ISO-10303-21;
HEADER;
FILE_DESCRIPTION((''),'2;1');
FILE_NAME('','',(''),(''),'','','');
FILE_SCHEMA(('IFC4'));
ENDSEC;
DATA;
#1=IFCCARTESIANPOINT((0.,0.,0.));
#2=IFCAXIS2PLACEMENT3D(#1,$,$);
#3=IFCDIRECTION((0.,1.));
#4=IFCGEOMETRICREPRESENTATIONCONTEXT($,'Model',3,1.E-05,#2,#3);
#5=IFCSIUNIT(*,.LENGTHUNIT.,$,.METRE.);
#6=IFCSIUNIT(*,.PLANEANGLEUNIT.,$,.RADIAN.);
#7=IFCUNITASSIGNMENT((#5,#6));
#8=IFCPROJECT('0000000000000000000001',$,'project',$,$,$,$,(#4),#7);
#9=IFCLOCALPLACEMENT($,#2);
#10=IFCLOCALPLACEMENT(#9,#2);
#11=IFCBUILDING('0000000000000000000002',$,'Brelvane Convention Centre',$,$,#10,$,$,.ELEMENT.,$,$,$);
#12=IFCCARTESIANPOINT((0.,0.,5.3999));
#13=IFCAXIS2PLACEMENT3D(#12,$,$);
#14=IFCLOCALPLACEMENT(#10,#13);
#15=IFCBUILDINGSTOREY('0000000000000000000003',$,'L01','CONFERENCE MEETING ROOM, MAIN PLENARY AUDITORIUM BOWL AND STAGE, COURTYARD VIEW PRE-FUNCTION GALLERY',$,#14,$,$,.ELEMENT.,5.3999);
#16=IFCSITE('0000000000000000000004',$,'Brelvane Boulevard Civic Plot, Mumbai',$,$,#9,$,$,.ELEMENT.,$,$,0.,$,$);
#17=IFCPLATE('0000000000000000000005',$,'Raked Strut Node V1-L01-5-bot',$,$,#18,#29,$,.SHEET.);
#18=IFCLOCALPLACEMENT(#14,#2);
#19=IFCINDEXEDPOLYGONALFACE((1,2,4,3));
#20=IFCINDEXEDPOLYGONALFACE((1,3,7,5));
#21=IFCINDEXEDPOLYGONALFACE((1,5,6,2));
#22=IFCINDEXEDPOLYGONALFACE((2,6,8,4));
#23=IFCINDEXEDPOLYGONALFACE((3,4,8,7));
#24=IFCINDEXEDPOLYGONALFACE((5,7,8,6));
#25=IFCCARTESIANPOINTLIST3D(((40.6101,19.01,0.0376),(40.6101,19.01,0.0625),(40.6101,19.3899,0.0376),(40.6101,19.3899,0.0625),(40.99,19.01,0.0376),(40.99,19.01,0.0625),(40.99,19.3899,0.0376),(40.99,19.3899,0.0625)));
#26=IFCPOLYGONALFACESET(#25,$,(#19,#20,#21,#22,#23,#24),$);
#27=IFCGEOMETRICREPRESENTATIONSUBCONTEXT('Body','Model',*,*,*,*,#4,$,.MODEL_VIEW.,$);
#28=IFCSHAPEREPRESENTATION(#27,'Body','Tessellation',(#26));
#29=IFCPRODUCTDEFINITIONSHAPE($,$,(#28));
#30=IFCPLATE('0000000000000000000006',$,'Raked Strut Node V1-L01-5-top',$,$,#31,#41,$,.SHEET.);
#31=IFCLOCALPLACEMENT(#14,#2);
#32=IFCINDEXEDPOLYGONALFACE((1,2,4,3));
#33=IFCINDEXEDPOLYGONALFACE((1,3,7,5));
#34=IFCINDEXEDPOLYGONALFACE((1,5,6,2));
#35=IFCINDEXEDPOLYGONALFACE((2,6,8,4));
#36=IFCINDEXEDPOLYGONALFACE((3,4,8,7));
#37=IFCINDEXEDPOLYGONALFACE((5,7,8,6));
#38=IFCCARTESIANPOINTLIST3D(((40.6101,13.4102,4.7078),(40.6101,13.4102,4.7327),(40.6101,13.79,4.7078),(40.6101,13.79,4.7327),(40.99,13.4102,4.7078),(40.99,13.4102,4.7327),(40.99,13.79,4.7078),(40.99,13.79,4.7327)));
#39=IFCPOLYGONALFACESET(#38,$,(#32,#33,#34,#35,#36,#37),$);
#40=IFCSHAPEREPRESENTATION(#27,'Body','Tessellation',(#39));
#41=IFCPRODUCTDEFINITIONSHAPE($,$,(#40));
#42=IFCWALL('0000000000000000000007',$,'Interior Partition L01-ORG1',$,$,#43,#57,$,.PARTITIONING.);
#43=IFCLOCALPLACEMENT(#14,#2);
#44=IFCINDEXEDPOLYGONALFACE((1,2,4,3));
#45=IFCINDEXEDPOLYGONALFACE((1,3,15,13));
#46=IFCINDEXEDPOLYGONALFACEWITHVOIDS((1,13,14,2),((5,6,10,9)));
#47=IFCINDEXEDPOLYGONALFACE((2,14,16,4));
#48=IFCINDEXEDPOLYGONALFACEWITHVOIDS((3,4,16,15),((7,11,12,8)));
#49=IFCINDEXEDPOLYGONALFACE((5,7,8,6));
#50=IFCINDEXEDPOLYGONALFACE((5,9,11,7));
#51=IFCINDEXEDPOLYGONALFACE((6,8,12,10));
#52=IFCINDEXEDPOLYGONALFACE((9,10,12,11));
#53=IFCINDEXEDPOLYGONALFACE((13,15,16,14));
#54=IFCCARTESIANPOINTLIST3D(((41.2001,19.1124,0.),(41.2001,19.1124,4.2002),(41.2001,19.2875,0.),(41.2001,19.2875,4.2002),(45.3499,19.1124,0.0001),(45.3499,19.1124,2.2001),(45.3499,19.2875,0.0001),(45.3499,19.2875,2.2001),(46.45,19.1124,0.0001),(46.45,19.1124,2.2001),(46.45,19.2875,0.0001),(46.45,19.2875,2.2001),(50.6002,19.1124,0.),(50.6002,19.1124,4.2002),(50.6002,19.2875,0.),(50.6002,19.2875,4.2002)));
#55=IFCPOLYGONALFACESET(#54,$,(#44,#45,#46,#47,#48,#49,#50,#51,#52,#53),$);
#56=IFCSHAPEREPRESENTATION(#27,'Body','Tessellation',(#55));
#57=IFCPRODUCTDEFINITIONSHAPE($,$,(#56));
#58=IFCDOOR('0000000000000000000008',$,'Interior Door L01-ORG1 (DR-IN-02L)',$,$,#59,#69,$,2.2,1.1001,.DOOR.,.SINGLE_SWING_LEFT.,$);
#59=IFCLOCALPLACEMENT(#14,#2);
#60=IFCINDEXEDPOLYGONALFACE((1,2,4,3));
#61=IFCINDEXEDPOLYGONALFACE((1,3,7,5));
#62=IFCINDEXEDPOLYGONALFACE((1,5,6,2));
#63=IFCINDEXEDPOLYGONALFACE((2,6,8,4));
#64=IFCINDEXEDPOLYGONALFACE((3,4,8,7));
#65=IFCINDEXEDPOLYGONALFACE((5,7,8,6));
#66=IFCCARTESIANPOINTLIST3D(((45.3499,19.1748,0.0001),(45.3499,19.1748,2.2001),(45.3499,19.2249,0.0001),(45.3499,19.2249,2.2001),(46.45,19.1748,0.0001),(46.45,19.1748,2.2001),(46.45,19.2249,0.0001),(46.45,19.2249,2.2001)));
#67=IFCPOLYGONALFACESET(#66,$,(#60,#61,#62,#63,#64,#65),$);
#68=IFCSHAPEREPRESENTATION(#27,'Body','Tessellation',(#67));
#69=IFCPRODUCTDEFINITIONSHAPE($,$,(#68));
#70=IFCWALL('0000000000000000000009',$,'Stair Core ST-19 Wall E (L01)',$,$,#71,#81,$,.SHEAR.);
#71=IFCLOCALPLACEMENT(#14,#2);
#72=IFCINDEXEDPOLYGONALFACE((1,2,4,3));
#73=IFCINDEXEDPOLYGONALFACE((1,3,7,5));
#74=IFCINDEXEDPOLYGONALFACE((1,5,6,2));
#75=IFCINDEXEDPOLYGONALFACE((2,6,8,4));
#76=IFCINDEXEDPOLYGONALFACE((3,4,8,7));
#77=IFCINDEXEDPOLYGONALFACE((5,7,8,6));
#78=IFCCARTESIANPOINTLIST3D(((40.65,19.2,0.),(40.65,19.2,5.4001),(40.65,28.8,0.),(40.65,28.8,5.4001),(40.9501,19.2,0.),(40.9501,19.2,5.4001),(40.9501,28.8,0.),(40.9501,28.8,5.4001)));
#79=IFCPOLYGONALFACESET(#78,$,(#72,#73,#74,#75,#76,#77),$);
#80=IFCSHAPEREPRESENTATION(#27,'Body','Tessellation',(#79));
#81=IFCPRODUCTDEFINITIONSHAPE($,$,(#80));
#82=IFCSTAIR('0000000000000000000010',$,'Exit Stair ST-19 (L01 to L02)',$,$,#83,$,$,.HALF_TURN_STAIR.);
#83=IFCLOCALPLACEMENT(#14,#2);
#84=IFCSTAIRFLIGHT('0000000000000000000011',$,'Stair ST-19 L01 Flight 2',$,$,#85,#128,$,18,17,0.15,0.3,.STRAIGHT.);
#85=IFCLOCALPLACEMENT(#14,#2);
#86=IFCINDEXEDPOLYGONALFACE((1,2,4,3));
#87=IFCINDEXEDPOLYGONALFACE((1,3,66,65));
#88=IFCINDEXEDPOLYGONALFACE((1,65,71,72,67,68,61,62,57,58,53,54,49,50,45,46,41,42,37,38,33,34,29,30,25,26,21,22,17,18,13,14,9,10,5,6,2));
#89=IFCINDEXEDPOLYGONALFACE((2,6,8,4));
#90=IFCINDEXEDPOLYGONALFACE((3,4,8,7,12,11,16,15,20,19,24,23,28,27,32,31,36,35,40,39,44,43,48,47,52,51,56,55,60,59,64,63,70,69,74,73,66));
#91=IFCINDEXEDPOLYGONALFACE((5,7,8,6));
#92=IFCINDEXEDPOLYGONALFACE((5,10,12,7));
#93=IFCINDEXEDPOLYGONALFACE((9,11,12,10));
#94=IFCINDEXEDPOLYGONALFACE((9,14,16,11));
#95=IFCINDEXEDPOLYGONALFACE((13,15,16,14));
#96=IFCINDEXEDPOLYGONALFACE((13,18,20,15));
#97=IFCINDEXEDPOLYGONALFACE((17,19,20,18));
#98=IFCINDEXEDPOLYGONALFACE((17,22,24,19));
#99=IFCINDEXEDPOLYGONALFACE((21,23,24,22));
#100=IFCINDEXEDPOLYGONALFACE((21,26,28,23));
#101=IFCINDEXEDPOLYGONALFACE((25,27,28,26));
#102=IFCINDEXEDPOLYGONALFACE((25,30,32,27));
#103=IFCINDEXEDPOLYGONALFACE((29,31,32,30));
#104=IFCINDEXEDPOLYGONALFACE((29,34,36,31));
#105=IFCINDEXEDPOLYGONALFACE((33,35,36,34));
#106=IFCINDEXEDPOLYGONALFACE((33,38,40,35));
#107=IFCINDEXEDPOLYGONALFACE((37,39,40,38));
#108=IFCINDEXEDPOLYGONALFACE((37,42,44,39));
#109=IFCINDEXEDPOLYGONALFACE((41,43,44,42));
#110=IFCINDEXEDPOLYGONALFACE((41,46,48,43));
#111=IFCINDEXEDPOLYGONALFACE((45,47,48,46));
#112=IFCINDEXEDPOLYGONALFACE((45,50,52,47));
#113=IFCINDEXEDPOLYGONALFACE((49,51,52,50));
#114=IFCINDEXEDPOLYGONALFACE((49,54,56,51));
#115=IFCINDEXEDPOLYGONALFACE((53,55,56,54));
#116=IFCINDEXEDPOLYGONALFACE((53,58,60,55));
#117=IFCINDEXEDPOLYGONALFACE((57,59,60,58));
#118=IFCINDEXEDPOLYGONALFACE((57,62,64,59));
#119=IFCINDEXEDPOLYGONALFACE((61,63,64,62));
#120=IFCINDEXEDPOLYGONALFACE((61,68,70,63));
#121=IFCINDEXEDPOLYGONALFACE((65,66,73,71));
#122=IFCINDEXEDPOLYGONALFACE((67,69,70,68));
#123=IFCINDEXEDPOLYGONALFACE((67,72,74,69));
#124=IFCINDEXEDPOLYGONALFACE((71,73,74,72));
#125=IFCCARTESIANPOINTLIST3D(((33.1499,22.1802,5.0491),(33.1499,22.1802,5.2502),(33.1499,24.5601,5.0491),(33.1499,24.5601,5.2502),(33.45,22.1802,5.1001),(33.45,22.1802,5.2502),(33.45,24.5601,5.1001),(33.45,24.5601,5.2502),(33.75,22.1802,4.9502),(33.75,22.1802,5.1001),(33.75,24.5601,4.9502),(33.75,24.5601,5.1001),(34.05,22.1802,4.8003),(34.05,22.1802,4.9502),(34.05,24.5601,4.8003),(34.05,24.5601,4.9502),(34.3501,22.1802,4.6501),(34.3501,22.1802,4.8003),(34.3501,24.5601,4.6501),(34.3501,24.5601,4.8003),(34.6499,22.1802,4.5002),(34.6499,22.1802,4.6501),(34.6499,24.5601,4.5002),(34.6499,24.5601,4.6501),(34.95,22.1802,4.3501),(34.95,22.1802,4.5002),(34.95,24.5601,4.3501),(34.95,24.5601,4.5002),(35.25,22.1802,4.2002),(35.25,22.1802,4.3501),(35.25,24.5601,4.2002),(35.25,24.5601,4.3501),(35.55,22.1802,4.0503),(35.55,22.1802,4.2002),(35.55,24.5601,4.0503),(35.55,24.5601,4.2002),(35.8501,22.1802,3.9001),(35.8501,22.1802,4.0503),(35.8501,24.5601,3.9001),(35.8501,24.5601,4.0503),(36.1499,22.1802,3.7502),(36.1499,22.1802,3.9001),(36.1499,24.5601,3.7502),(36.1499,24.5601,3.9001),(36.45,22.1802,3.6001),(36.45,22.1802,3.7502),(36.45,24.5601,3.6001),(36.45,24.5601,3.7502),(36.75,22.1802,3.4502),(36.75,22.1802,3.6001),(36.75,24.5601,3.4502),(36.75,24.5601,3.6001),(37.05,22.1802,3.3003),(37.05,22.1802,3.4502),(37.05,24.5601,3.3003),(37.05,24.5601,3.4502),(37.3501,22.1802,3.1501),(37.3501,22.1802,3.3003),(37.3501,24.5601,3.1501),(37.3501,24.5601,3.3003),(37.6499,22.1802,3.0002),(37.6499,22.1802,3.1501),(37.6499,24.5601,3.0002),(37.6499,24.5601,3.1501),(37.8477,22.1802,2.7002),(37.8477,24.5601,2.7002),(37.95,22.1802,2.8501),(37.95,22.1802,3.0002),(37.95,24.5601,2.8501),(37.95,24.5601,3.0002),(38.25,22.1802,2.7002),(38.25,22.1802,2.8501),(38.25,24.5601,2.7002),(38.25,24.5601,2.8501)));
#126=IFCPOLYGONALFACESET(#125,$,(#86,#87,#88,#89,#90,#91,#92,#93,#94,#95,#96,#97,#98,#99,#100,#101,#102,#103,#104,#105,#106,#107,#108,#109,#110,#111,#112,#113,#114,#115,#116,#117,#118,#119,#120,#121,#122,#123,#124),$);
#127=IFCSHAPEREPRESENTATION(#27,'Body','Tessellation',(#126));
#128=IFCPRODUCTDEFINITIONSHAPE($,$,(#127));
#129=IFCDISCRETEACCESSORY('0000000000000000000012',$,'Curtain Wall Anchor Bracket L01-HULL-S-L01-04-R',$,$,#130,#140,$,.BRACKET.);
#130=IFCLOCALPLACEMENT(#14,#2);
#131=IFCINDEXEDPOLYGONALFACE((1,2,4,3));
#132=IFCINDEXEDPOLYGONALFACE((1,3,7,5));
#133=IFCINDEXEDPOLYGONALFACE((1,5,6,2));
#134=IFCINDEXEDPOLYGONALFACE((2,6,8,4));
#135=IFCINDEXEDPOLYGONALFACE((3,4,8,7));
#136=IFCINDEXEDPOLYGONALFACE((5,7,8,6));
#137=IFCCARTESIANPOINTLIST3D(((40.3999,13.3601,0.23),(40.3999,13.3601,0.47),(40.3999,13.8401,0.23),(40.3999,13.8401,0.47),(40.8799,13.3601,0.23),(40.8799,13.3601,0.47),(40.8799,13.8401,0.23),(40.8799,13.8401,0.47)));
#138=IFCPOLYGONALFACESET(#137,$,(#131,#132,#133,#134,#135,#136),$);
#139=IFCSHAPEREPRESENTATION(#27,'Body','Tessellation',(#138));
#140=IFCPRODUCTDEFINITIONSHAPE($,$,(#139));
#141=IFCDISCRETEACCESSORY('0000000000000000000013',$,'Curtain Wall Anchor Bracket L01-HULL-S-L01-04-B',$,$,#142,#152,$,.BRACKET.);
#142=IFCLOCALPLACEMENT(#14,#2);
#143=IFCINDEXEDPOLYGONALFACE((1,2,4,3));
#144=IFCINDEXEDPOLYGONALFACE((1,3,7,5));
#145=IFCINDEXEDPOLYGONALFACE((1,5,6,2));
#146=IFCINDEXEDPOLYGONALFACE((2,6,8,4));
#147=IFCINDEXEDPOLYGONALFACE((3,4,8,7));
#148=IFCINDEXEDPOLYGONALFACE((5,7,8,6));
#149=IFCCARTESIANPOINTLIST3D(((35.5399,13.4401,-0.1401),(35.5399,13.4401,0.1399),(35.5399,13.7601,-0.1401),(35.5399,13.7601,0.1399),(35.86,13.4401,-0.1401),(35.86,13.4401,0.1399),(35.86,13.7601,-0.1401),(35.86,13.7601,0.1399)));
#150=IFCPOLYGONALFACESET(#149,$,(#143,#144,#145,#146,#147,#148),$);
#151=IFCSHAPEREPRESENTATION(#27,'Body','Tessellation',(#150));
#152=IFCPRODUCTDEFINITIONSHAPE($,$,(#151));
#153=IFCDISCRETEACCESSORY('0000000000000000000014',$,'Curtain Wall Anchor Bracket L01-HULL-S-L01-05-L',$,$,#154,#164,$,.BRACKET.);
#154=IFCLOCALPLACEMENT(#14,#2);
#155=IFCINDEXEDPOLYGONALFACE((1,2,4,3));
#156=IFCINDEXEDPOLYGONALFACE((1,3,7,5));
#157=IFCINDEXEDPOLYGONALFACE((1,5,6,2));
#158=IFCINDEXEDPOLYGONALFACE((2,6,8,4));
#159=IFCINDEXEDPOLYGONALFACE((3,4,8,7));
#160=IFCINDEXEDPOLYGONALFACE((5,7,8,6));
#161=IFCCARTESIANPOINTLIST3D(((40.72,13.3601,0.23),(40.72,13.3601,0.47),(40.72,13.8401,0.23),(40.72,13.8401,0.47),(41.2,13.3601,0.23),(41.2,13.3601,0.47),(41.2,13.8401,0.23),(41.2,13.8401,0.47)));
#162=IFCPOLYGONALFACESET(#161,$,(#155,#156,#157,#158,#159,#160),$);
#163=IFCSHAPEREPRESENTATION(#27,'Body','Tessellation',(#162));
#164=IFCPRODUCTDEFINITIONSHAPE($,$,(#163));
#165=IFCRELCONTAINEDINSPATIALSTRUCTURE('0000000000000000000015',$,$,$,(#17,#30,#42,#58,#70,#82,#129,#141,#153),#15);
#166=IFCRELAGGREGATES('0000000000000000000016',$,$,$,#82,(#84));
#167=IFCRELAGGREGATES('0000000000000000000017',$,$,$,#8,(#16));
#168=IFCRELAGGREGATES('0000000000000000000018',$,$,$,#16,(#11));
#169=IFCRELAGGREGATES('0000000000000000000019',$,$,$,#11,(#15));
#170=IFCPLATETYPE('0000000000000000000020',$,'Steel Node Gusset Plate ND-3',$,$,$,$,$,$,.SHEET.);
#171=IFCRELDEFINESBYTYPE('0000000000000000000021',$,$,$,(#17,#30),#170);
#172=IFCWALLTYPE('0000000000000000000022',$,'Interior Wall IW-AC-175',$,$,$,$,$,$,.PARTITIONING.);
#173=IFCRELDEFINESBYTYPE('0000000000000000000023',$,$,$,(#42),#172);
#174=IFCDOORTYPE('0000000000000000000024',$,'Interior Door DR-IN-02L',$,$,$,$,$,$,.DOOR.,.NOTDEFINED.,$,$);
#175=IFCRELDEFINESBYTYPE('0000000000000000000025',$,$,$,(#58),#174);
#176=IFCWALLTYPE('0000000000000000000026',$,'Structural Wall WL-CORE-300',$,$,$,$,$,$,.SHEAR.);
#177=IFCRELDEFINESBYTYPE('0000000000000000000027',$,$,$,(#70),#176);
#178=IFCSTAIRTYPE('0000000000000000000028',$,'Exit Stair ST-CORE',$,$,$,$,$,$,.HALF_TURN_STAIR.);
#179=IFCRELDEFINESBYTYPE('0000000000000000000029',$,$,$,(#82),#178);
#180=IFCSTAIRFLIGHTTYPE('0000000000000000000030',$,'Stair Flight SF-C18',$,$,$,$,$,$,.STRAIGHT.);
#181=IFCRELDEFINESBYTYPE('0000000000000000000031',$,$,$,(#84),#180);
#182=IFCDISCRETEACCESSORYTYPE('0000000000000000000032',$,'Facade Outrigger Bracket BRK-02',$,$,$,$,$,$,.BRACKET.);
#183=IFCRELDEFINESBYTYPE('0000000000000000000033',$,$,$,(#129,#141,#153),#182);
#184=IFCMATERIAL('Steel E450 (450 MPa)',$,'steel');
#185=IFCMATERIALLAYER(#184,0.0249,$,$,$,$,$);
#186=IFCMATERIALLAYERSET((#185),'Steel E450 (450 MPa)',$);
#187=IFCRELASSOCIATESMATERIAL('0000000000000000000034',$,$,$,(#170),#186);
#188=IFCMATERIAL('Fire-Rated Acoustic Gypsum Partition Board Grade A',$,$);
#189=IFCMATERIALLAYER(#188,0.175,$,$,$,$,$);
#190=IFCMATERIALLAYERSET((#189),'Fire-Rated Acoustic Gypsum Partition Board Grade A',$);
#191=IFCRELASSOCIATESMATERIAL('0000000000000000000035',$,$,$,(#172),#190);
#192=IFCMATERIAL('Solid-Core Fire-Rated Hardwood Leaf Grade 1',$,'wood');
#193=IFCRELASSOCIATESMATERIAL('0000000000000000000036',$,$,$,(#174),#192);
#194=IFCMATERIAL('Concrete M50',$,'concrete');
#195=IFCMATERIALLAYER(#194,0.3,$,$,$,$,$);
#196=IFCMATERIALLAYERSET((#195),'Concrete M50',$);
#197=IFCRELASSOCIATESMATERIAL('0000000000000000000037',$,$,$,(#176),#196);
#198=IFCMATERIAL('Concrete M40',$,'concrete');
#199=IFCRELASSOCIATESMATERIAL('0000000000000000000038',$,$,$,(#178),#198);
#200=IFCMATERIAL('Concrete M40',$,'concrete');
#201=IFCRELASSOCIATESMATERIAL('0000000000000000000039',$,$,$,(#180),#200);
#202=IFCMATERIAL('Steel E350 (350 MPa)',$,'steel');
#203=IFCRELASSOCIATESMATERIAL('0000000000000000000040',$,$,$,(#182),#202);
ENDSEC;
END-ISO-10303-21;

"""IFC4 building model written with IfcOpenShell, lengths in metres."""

from ifc_helpers import new_model, si_unit, direction, frame, frame_2d, origin, origin_2d, place, context, subcontext, project, spatial, polyline, rectangle, outline, extrude, material, layer, layer_set, type_object, element, fill, aggregate, save


model = new_model("IFC4")

# Units and contexts
model_context = context("Model", 3, precision=1e-05, world=origin(), true_north=direction((0.0, 1.0)))
body_context = subcontext(model_context, "Body", "Model", "MODEL_VIEW")
ifc_project = project(units=[si_unit("LENGTHUNIT", "METRE"), si_unit("PLANEANGLEUNIT", "RADIAN")], contexts=[model_context])

# Site, building, storey
site_placement = place(None, origin())
site = spatial("IfcSite", under=ifc_project, at=site_placement, Name="Brelvane Boulevard Civic Plot, Mumbai", CompositionType="ELEMENT", RefElevation=0.0)
building_placement = place(site_placement, origin())
building = spatial("IfcBuilding", under=site, at=building_placement, Name="Brelvane Convention Centre", CompositionType="ELEMENT")
storey_placement = place(building_placement, frame((0.0, 0.0, 5.3999)))
storey = spatial("IfcBuildingStorey", under=building, at=storey_placement, Name="L01", Description="CONFERENCE MEETING ROOM, MAIN PLENARY AUDITORIUM BOWL AND STAGE, COURTYARD VIEW PRE-FUNCTION GALLERY", CompositionType="ELEMENT", Elevation=5.3999)

# Plates
ifc_material_1 = material(Name="Steel E450 (450 MPa)", Category="steel")
ifc_layer_1 = layer(ifc_material_1, 0.0249)
ifc_layer_set_1 = layer_set([ifc_layer_1], Name="Steel E450 (450 MPa)")
plate_type_1 = type_object("IfcPlateType", Name="Steel Node Gusset Plate ND-3", PredefinedType="SHEET", material=ifc_layer_set_1)
for number, where, z_axis, x_axis, name in (
    (1, (40.8, 19.2, 0.0376), (0.0, 0.0, 1.0), (1.0, 0.0, 0.0), "Raked Strut Node V1-L01-5-bot"),
    (2, (40.8, 13.6001, 4.7078), (0.0, 0.0, 1.0), (1.0, 0.0, 0.0), "Raked Strut Node V1-L01-5-top"),
):
    element("IfcPlate", number, at=place(storey_placement, frame(where, z_axis=z_axis, x_axis=x_axis)), inside=storey, type_object=plate_type_1, Name=name, PredefinedType="SHEET", context=body_context, shape_type="SweptSolid", body=[
        extrude(rectangle(XDim=0.3799, YDim=0.3799, at=origin_2d()), origin(), (0.0, 0.0, 1.0), 0.0249),
    ])

# Wall, opening, door
ifc_material_2 = material(Name="Fire-Rated Acoustic Gypsum Partition Board Grade A")
ifc_layer_2 = layer(ifc_material_2, 0.175)
ifc_layer_set_2 = layer_set([ifc_layer_2], Name="Fire-Rated Acoustic Gypsum Partition Board Grade A")
wall_type_1 = type_object("IfcWallType", Name="Interior Wall IW-AC-175", PredefinedType="PARTITIONING", material=ifc_layer_set_2)
wall_1_placement = place(storey_placement, frame((41.2, 19.2, 0.0), z_axis=(0.0, 0.0, 1.0), x_axis=(1.0, 0.0, 0.0)))
wall_1 = element("IfcWall", 3, at=wall_1_placement, inside=storey, type_object=wall_type_1, Name="Interior Partition L01-ORG1", PredefinedType="PARTITIONING", context=body_context, shape_type="SweptSolid", body=[
    extrude(rectangle(XDim=9.4001, YDim=0.175, at=frame_2d((4.7002, 0.0))), origin(), (0.0, 0.0, 1.0), 4.2002),
])
opening_placement = place(wall_1_placement, frame((4.1499, 0.0, 0.0)))
opening = element("IfcOpeningElement", 4, at=opening_placement, cuts=wall_1, PredefinedType="OPENING", context=body_context, shape_type="SweptSolid", body=[
    extrude(rectangle(XDim=1.1001, YDim=2.2, at=frame_2d((0.55, 1.1001))), frame((0.0, 0.0974, 0.0), z_axis=(0.0, -1.0, 0.0), x_axis=(1.0, 0.0, 0.0)), (0.0, 0.0, 1.0), 0.1951),
])
ifc_material_3 = material(Name="Solid-Core Fire-Rated Hardwood Leaf Grade 1", Category="wood")
door_type = type_object("IfcDoorType", Name="Interior Door DR-IN-02L", OperationType="NOTDEFINED", PredefinedType="DOOR", material=ifc_material_3)
door_placement = place(opening_placement, origin())
door = element("IfcDoor", 5, at=door_placement, inside=storey, type_object=door_type, Name="Interior Door L01-ORG1 (DR-IN-02L)", OperationType="SINGLE_SWING_LEFT", OverallHeight=2.2, OverallWidth=1.1001, PredefinedType="DOOR", context=body_context, shape_type="SweptSolid", body=[
    extrude(rectangle(XDim=1.1001, YDim=2.2, at=frame_2d((0.55, 1.1001))), frame((0.0, 0.0249, 0.0), z_axis=(0.0, -1.0, 0.0), x_axis=(1.0, 0.0, 0.0)), (0.0, 0.0, 1.0), 0.05),
])
fill(opening, door)

# Wall
ifc_material_4 = material(Name="Concrete M50", Category="concrete")
ifc_layer_3 = layer(ifc_material_4, 0.3)
ifc_layer_set_3 = layer_set([ifc_layer_3], Name="Concrete M50")
wall_type_2 = type_object("IfcWallType", Name="Structural Wall WL-CORE-300", PredefinedType="SHEAR", material=ifc_layer_set_3)
wall_2_placement = place(storey_placement, frame((40.8, 19.2, 0.0), z_axis=(0.0, 0.0, 1.0), x_axis=(0.0, 1.0, 0.0)))
element("IfcWall", 6, at=wall_2_placement, inside=storey, type_object=wall_type_2, Name="Stair Core ST-19 Wall E (L01)", PredefinedType="SHEAR", context=body_context, shape_type="SweptSolid", body=[
    extrude(rectangle(XDim=9.6001, YDim=0.3, at=frame_2d((4.8, 0.0))), origin(), (0.0, 0.0, 1.0), 5.4001),
])

# Stair, stair flight
ifc_material_5 = material(Name="Concrete M40", Category="concrete")
stair_type = type_object("IfcStairType", Name="Exit Stair ST-CORE", PredefinedType="HALF_TURN_STAIR", material=ifc_material_5)
stair_placement = place(storey_placement, origin())
stair = element("IfcStair", 7, at=stair_placement, inside=storey, type_object=stair_type, Name="Exit Stair ST-19 (L01 to L02)", PredefinedType="HALF_TURN_STAIR")
ifc_material_6 = material(Name="Concrete M40", Category="concrete")
stair_flight_type = type_object("IfcStairFlightType", Name="Stair Flight SF-C18", PredefinedType="STRAIGHT", material=ifc_material_6)
stair_flight_placement = place(storey_placement, frame((38.25, 23.3701, 2.7002), z_axis=(0.0, 0.0, 1.0), x_axis=(-1.0, 0.0, 0.0)))
stair_flight = element("IfcStairFlight", 8, at=stair_flight_placement, type_object=stair_flight_type, Name="Stair ST-19 L01 Flight 2", NumberOfRisers=18, NumberOfTreads=17, PredefinedType="STRAIGHT", RiserHeight=0.15, TreadLength=0.3, context=body_context, shape_type="SweptSolid", body=[
    extrude(outline(polyline([(0.0, 0.0), (0.0, 0.1499), (0.3, 0.1499), (0.3, 0.3), (0.6001, 0.3), (0.6001, 0.45), (0.8999, 0.45), (0.8999, 0.6001), (1.2, 0.6001), (1.2, 0.75), (1.5, 0.75), (1.5, 0.8999), (1.8, 0.8999), (1.8, 1.05), (2.1001, 1.05), (2.1001, 1.2), (2.3999, 1.2), (2.3999, 1.3501), (2.7, 1.3501), (2.7, 1.5), (3.0, 1.5), (3.0, 1.6499), (3.3, 1.6499), (3.3, 1.8), (3.6001, 1.8), (3.6001, 1.95), (3.8999, 1.95), (3.8999, 2.1001), (4.2, 2.1001), (4.2, 2.25), (4.5, 2.25), (4.5, 2.3999), (4.8, 2.3999), (4.8, 2.55), (5.1001, 2.55), (5.1001, 2.7), (5.1001, 2.3489), (0.4023, 0.0), (0.0, 0.0)])), frame((0.0, 1.1899, 0.0), z_axis=(0.0, -1.0, 0.0), x_axis=(1.0, 0.0, 0.0)), (0.0, 0.0, 1.0), 2.3799),
])
aggregate(stair, [stair_flight])

# Discrete accessories
ifc_material_7 = material(Name="Steel E350 (350 MPa)", Category="steel")
discrete_accessory_type = type_object("IfcDiscreteAccessoryType", Name="Facade Outrigger Bracket BRK-02", PredefinedType="BRACKET", material=ifc_material_7)
discrete_accessory_1_placement = place(storey_placement, frame((40.6399, 13.6001, 0.23), z_axis=(0.0, 0.0, 1.0), x_axis=(1.0, 0.0, 0.0)))
element("IfcDiscreteAccessory", 9, at=discrete_accessory_1_placement, inside=storey, type_object=discrete_accessory_type, Name="Curtain Wall Anchor Bracket L01-HULL-S-L01-04-R", PredefinedType="BRACKET", context=body_context, shape_type="SweptSolid", body=[
    extrude(rectangle(XDim=0.48, YDim=0.48, at=origin_2d()), origin(), (0.0, 0.0, 1.0), 0.24),
])
discrete_accessory_2_placement = place(storey_placement, frame((35.7, 13.6001, -0.1401), z_axis=(0.0, 0.0, 1.0), x_axis=(1.0, 0.0, 0.0)))
element("IfcDiscreteAccessory", 10, at=discrete_accessory_2_placement, inside=storey, type_object=discrete_accessory_type, Name="Curtain Wall Anchor Bracket L01-HULL-S-L01-04-B", PredefinedType="BRACKET", context=body_context, shape_type="SweptSolid", body=[
    extrude(rectangle(XDim=0.3201, YDim=0.3201, at=origin_2d()), origin(), (0.0, 0.0, 1.0), 0.28),
])
discrete_accessory_3_placement = place(storey_placement, frame((40.96, 13.6001, 0.23), z_axis=(0.0, 0.0, 1.0), x_axis=(1.0, 0.0, 0.0)))
element("IfcDiscreteAccessory", 11, at=discrete_accessory_3_placement, inside=storey, type_object=discrete_accessory_type, Name="Curtain Wall Anchor Bracket L01-HULL-S-L01-05-L", PredefinedType="BRACKET", context=body_context, shape_type="SweptSolid", body=[
    extrude(rectangle(XDim=0.48, YDim=0.48, at=origin_2d()), origin(), (0.0, 0.0, 1.0), 0.24),
])

save(model, "model.ifc")
